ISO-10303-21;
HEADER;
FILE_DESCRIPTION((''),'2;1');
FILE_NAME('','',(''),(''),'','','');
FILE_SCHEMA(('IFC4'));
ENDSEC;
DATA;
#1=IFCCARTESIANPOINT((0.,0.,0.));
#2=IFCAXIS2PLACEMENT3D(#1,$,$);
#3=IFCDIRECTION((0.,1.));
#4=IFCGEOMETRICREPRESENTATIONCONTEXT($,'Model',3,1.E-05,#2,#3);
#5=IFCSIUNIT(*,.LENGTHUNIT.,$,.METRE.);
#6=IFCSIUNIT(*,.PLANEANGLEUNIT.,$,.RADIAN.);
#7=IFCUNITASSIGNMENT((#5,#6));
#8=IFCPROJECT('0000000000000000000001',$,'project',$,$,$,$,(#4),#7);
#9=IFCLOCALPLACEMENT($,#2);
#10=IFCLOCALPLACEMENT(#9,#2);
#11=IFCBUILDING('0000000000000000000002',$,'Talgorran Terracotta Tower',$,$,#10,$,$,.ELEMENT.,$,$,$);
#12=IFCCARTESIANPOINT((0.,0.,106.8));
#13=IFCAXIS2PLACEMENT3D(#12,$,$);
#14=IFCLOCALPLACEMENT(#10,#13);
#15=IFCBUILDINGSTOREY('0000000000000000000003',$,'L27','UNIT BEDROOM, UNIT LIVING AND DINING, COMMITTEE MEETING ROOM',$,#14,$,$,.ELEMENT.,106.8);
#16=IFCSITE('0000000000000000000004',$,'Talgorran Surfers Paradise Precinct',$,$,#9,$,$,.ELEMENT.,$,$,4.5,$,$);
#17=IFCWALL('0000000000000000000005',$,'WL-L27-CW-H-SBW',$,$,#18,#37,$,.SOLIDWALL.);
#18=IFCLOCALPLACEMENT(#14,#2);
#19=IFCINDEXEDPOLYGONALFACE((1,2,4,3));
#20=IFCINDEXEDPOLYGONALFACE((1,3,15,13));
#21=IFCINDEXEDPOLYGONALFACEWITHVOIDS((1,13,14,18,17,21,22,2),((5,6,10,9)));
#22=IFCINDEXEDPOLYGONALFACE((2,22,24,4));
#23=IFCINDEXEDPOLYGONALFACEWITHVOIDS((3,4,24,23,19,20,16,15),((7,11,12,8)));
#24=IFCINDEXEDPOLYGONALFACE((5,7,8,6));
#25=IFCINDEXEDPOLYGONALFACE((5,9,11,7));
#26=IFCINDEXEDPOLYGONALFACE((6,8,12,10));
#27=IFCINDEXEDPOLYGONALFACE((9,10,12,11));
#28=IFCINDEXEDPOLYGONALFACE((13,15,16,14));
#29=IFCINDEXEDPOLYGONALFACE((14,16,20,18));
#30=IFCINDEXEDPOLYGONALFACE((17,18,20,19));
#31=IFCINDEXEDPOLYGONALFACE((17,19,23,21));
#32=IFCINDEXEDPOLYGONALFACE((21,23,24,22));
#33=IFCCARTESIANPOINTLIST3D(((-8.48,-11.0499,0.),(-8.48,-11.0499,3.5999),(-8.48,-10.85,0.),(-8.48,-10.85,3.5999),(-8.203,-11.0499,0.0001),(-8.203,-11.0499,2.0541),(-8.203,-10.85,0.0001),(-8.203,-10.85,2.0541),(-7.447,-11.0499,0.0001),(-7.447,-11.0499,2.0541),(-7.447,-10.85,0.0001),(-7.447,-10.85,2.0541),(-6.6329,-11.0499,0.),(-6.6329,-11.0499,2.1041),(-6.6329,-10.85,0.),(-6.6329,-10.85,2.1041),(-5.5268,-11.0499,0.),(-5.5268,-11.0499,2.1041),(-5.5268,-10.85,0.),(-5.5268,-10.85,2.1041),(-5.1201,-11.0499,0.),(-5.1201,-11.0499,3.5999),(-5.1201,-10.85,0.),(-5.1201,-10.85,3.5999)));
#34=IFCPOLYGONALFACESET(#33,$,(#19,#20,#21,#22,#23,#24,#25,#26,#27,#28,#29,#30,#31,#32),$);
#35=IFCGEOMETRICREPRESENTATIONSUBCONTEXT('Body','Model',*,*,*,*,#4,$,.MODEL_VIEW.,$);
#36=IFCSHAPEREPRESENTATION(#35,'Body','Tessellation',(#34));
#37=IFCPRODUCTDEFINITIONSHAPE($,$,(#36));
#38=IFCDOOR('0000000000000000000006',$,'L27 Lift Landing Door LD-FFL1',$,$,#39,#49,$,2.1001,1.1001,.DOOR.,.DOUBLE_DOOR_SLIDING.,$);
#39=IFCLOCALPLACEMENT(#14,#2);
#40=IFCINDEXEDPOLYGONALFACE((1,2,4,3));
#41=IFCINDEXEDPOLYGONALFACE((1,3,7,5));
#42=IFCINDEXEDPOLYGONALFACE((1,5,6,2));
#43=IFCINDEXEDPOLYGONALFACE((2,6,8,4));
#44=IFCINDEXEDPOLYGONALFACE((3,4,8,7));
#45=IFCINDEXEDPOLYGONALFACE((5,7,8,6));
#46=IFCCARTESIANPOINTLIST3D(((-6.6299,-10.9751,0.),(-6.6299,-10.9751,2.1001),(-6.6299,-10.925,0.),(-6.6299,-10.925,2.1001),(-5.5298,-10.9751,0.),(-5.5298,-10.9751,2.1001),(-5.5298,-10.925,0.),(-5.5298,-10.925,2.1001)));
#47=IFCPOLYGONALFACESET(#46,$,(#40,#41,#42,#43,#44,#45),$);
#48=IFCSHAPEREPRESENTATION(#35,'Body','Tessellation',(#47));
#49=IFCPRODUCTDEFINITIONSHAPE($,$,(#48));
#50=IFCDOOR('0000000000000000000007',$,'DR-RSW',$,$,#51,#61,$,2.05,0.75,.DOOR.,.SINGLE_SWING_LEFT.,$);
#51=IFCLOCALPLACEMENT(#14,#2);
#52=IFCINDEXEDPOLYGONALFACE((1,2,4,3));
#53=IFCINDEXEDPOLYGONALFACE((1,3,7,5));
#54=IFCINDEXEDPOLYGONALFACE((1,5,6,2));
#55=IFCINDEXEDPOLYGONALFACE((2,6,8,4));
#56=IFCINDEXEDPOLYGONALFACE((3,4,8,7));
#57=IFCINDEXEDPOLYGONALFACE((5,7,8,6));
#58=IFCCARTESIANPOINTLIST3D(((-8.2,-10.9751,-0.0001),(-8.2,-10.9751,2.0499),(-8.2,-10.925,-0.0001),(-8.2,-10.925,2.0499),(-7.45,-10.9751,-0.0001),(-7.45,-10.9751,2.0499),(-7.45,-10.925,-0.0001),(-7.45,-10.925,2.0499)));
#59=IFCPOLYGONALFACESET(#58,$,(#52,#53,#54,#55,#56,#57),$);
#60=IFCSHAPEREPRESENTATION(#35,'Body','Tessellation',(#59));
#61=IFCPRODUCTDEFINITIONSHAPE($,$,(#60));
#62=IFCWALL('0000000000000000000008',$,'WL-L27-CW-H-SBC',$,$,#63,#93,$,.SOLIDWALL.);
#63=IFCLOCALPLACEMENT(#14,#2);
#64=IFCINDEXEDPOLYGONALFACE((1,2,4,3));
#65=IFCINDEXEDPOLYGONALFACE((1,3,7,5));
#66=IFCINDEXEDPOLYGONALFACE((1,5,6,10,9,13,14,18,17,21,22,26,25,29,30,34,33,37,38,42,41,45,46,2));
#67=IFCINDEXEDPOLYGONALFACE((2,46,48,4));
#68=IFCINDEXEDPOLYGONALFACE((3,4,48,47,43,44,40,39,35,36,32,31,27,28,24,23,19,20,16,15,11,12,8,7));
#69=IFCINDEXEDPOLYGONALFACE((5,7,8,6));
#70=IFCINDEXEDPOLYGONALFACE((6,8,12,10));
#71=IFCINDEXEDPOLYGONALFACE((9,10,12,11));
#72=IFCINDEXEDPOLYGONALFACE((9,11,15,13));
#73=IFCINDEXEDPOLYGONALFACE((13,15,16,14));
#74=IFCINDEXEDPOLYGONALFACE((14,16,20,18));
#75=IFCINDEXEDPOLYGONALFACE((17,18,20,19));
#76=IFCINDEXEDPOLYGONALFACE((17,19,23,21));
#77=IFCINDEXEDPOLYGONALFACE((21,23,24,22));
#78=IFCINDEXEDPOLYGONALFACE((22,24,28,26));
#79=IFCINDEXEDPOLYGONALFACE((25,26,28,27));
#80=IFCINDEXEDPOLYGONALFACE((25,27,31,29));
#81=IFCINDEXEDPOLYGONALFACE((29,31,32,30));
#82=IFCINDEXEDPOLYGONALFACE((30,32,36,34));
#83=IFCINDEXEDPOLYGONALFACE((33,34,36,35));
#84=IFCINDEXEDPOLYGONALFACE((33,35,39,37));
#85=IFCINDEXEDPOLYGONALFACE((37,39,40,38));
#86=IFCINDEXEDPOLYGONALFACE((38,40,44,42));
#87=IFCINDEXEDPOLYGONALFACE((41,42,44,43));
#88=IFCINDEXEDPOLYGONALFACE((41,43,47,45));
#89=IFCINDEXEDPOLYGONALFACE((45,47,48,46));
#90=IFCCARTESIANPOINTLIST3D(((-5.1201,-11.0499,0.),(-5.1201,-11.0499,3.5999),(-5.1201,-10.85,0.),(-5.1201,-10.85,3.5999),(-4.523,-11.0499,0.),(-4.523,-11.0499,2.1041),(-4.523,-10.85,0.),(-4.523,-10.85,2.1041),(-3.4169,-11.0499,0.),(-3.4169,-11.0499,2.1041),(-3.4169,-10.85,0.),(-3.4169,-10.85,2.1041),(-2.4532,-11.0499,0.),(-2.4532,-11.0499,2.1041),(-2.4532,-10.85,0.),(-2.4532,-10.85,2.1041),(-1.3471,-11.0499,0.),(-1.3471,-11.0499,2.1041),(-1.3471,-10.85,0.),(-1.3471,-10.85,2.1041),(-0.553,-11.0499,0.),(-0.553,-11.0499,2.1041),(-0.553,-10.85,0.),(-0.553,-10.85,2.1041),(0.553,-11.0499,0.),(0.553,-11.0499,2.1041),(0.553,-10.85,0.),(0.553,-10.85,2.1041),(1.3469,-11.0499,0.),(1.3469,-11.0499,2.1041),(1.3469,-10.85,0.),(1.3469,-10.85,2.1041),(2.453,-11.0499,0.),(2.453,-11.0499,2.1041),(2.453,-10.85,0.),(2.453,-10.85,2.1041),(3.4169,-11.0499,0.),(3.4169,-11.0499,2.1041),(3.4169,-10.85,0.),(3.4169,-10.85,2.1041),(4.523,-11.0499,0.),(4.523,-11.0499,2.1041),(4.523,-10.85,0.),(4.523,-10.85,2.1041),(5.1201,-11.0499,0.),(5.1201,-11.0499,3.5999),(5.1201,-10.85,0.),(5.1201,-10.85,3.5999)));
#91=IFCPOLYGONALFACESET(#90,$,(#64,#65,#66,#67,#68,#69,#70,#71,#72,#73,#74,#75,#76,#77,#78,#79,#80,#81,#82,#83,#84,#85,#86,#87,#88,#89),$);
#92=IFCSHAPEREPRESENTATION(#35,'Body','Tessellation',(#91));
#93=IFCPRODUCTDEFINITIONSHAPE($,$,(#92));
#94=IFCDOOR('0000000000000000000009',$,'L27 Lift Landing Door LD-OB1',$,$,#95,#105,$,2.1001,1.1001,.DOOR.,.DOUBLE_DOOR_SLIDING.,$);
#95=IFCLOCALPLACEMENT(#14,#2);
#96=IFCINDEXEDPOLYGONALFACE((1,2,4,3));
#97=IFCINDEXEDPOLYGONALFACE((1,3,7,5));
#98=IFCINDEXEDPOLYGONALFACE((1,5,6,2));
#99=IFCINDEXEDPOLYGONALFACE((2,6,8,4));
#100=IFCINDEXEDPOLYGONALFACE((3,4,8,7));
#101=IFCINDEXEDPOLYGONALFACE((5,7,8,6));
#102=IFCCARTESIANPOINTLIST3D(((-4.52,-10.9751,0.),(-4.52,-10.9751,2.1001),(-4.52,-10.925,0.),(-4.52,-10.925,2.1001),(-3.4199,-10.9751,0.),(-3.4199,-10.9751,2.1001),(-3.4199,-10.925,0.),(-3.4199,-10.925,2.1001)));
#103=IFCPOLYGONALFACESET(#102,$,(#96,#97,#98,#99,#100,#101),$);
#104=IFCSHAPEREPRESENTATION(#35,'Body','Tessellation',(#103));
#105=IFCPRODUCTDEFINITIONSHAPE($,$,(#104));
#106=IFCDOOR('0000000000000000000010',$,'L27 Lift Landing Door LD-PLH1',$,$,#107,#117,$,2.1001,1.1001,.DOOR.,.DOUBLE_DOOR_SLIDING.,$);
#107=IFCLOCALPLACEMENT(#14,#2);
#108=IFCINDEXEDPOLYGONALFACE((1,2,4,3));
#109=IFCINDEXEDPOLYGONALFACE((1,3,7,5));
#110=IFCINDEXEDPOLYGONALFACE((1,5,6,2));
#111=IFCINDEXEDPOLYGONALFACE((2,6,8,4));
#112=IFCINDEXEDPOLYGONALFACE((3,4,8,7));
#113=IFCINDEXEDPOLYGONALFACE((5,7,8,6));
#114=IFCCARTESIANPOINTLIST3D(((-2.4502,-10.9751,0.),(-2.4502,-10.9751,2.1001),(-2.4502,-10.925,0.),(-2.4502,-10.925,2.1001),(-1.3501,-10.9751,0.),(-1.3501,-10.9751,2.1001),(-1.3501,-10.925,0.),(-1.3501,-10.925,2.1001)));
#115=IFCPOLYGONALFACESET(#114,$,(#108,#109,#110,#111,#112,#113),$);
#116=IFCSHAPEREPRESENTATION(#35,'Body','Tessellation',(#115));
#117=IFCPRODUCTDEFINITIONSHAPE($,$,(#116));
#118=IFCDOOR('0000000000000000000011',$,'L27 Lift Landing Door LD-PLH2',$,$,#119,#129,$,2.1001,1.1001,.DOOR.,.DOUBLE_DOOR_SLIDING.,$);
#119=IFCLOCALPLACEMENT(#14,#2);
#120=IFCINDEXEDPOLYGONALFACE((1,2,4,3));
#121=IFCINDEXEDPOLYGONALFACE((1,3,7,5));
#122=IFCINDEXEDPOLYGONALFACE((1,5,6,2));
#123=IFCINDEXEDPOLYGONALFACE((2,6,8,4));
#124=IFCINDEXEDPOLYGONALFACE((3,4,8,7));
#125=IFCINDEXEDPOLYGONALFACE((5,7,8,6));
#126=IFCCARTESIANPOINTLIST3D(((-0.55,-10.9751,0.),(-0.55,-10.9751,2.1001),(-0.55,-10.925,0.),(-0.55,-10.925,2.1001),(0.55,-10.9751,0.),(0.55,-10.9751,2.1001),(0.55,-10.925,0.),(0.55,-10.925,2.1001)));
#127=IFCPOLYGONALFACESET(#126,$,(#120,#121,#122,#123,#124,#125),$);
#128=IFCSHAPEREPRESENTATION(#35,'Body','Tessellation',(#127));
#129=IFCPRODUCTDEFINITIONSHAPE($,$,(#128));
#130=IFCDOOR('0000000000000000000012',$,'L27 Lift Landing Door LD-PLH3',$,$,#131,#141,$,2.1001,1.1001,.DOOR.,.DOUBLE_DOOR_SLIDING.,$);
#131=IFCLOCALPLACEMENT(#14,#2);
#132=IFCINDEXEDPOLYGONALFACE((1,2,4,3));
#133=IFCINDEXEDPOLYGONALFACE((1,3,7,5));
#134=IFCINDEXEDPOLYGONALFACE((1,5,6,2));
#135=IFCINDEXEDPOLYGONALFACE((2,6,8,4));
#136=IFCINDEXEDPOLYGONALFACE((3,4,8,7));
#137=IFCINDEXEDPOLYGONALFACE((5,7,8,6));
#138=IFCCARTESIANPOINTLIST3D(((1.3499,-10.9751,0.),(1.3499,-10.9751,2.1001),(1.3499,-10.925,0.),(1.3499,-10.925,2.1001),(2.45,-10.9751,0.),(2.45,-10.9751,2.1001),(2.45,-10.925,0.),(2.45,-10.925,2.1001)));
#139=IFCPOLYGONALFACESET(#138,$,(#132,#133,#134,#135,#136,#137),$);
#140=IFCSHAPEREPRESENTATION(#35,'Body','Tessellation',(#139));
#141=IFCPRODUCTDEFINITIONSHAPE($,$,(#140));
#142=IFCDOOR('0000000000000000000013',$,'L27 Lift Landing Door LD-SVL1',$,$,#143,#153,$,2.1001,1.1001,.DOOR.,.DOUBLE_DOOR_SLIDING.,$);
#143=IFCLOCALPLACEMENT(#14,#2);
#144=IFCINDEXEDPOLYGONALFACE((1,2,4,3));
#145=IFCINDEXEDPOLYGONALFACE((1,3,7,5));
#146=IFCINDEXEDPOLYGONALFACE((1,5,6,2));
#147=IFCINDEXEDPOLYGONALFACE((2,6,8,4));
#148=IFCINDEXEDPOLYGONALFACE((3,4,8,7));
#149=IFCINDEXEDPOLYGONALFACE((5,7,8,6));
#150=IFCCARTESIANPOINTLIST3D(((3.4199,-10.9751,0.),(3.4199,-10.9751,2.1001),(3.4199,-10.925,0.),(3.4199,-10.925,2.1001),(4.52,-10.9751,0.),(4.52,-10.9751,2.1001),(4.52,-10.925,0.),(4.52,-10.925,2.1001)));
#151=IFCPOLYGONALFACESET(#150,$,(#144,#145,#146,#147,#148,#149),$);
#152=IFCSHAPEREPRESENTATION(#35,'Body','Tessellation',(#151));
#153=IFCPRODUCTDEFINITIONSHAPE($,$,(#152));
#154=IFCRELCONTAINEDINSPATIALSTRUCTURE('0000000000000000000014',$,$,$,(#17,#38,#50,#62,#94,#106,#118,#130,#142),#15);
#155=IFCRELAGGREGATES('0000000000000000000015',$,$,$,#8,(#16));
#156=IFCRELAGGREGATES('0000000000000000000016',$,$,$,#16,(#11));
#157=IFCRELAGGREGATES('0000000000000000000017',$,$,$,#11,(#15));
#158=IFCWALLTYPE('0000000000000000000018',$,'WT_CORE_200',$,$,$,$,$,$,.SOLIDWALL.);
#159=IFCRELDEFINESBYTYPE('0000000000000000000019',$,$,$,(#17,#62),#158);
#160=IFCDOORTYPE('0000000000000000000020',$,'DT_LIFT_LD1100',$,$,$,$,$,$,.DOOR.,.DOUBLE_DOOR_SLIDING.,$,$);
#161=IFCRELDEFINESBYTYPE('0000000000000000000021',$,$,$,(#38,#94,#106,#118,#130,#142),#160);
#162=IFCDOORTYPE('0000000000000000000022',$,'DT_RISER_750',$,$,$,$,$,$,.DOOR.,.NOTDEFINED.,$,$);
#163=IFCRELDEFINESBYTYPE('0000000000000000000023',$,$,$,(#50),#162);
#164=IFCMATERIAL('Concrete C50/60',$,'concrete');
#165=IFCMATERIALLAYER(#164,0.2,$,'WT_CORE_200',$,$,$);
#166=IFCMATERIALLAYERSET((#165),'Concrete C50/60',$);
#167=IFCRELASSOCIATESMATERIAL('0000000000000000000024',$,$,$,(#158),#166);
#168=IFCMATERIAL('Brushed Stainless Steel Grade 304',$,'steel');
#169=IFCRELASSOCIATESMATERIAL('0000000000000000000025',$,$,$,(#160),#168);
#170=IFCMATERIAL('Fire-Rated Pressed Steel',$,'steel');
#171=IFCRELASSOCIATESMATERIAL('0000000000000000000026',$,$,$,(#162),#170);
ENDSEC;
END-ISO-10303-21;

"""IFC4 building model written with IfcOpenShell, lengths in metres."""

from ifc_helpers import new_model, si_unit, direction, frame, frame_2d, origin, place, context, subcontext, project, spatial, rectangle, extrude, material, layer, layer_set, type_object, element, fill, save


model = new_model("IFC4")

# Units and contexts
model_context = context("Model", 3, precision=1e-05, world=origin(), true_north=direction((0.0, 1.0)))
body_context = subcontext(model_context, "Body", "Model", "MODEL_VIEW")
ifc_project = project(units=[si_unit("LENGTHUNIT", "METRE"), si_unit("PLANEANGLEUNIT", "RADIAN")], contexts=[model_context])

# Site, building, storey
site_placement = place(None, origin())
site = spatial("IfcSite", under=ifc_project, at=site_placement, Name="Talgorran Surfers Paradise Precinct", CompositionType="ELEMENT", RefElevation=4.5)
building_placement = place(site_placement, origin())
building = spatial("IfcBuilding", under=site, at=building_placement, Name="Talgorran Terracotta Tower", CompositionType="ELEMENT")
storey_placement = place(building_placement, frame((0.0, 0.0, 106.8)))
storey = spatial("IfcBuildingStorey", under=building, at=storey_placement, Name="L27", Description="UNIT BEDROOM, UNIT LIVING AND DINING, COMMITTEE MEETING ROOM", CompositionType="ELEMENT", Elevation=106.8)

# Walls, openings, doors
ifc_material_1 = material(Name="Concrete C50/60", Category="concrete")
ifc_layer_1 = layer(ifc_material_1, 0.2, Name="WT_CORE_200")
ifc_layer_set_1 = layer_set([ifc_layer_1], Name="Concrete C50/60")
wall_type_1 = type_object("IfcWallType", Name="WT_CORE_200", PredefinedType="SOLIDWALL", material=ifc_layer_set_1)
wall_1_placement = place(storey_placement, frame((-8.48, -10.95, 0.0), z_axis=(0.0, 0.0, 1.0), x_axis=(1.0, 0.0, 0.0)))
wall_1 = element("IfcWall", 1, at=wall_1_placement, inside=storey, type_object=wall_type_1, Name="WL-L27-CW-H-SBW", PredefinedType="SOLIDWALL", context=body_context, shape_type="SweptSolid", body=[
    extrude(rectangle(XDim=3.3599, YDim=0.2, at=frame_2d((1.6799, 0.0))), origin(), (0.0, 0.0, 1.0), 3.5999),
])
opening_1_placement = place(wall_1_placement, frame((0.28, 0.0, 0.0)))
opening_1 = element("IfcOpeningElement", 2, at=opening_1_placement, cuts=wall_1, PredefinedType="OPENING", context=body_context, shape_type="SweptSolid", body=[
    extrude(rectangle(XDim=0.756, YDim=2.054, at=frame_2d((0.375, 1.0271))), frame((0.0, 0.1099, 0.0), z_axis=(0.0, -1.0, 0.0), x_axis=(1.0, 0.0, 0.0)), (0.0, 0.0, 1.0), 0.22),
])
opening_2_placement = place(wall_1_placement, frame((1.8501, 0.0, 0.0)))
opening_2 = element("IfcOpeningElement", 3, at=opening_2_placement, cuts=wall_1, PredefinedType="OPENING", context=body_context, shape_type="SweptSolid", body=[
    extrude(rectangle(XDim=1.1061, YDim=2.1041, at=frame_2d((0.55, 1.052))), frame((0.0, 0.1099, 0.0), z_axis=(0.0, -1.0, 0.0), x_axis=(1.0, 0.0, 0.0)), (0.0, 0.0, 1.0), 0.22),
])
ifc_material_2 = material(Name="Brushed Stainless Steel Grade 304", Category="steel")
door_type_1 = type_object("IfcDoorType", Name="DT_LIFT_LD1100", OperationType="DOUBLE_DOOR_SLIDING", PredefinedType="DOOR", material=ifc_material_2)
door_1_placement = place(opening_2_placement, origin())
door_1 = element("IfcDoor", 4, at=door_1_placement, inside=storey, type_object=door_type_1, Name="L27 Lift Landing Door LD-FFL1", OperationType="DOUBLE_DOOR_SLIDING", OverallHeight=2.1001, OverallWidth=1.1001, PredefinedType="DOOR", context=body_context, shape_type="SweptSolid", body=[
    extrude(rectangle(XDim=1.1001, YDim=2.1001, at=frame_2d((0.55, 1.05))), frame((0.0, 0.0249, 0.0), z_axis=(0.0, -1.0, 0.0), x_axis=(1.0, 0.0, 0.0)), (0.0, 0.0, 1.0), 0.05),
])
fill(opening_2, door_1)
ifc_material_3 = material(Name="Fire-Rated Pressed Steel", Category="steel")
door_type_2 = type_object("IfcDoorType", Name="DT_RISER_750", OperationType="NOTDEFINED", PredefinedType="DOOR", material=ifc_material_3)
door_2_placement = place(opening_1_placement, origin())
door_2 = element("IfcDoor", 5, at=door_2_placement, inside=storey, type_object=door_type_2, Name="DR-RSW", OperationType="SINGLE_SWING_LEFT", OverallHeight=2.05, OverallWidth=0.75, PredefinedType="DOOR", context=body_context, shape_type="SweptSolid", body=[
    extrude(rectangle(XDim=0.75, YDim=2.05, at=frame_2d((0.375, 1.0249))), frame((0.0, 0.0249, 0.0), z_axis=(0.0, -1.0, 0.0), x_axis=(1.0, 0.0, 0.0)), (0.0, 0.0, 1.0), 0.05),
])
fill(opening_1, door_2)
wall_2_placement = place(storey_placement, frame((-5.1201, -10.95, 0.0), z_axis=(0.0, 0.0, 1.0), x_axis=(1.0, 0.0, 0.0)))
wall_2 = element("IfcWall", 6, at=wall_2_placement, inside=storey, type_object=wall_type_1, Name="WL-L27-CW-H-SBC", PredefinedType="SOLIDWALL", context=body_context, shape_type="SweptSolid", body=[
    extrude(rectangle(XDim=10.2402, YDim=0.2, at=frame_2d((5.1201, 0.0))), origin(), (0.0, 0.0, 1.0), 3.5999),
])
opening_3_placement = place(wall_2_placement, frame((0.6001, 0.0, 0.0)))
opening_3 = element("IfcOpeningElement", 7, at=opening_3_placement, cuts=wall_2, PredefinedType="OPENING", context=body_context, shape_type="SweptSolid", body=[
    extrude(rectangle(XDim=1.1061, YDim=2.1041, at=frame_2d((0.55, 1.052))), frame((0.0, 0.1099, 0.0), z_axis=(0.0, -1.0, 0.0), x_axis=(1.0, 0.0, 0.0)), (0.0, 0.0, 1.0), 0.22),
])
opening_4_placement = place(wall_2_placement, frame((2.6699, 0.0, 0.0)))
opening_4 = element("IfcOpeningElement", 8, at=opening_4_placement, cuts=wall_2, PredefinedType="OPENING", context=body_context, shape_type="SweptSolid", body=[
    extrude(rectangle(XDim=1.1061, YDim=2.1041, at=frame_2d((0.55, 1.052))), frame((0.0, 0.1099, 0.0), z_axis=(0.0, -1.0, 0.0), x_axis=(1.0, 0.0, 0.0)), (0.0, 0.0, 1.0), 0.22),
])
opening_5_placement = place(wall_2_placement, frame((4.5701, 0.0, 0.0)))
opening_5 = element("IfcOpeningElement", 9, at=opening_5_placement, cuts=wall_2, PredefinedType="OPENING", context=body_context, shape_type="SweptSolid", body=[
    extrude(rectangle(XDim=1.1061, YDim=2.1041, at=frame_2d((0.55, 1.052))), frame((0.0, 0.1099, 0.0), z_axis=(0.0, -1.0, 0.0), x_axis=(1.0, 0.0, 0.0)), (0.0, 0.0, 1.0), 0.22),
])
opening_6_placement = place(wall_2_placement, frame((6.47, 0.0, 0.0)))
opening_6 = element("IfcOpeningElement", 10, at=opening_6_placement, cuts=wall_2, PredefinedType="OPENING", context=body_context, shape_type="SweptSolid", body=[
    extrude(rectangle(XDim=1.1061, YDim=2.1041, at=frame_2d((0.55, 1.052))), frame((0.0, 0.1099, 0.0), z_axis=(0.0, -1.0, 0.0), x_axis=(1.0, 0.0, 0.0)), (0.0, 0.0, 1.0), 0.22),
])
opening_7_placement = place(wall_2_placement, frame((8.54, 0.0, 0.0)))
opening_7 = element("IfcOpeningElement", 11, at=opening_7_placement, cuts=wall_2, PredefinedType="OPENING", context=body_context, shape_type="SweptSolid", body=[
    extrude(rectangle(XDim=1.1061, YDim=2.1041, at=frame_2d((0.55, 1.052))), frame((0.0, 0.1099, 0.0), z_axis=(0.0, -1.0, 0.0), x_axis=(1.0, 0.0, 0.0)), (0.0, 0.0, 1.0), 0.22),
])
door_3_placement = place(opening_3_placement, origin())
door_3 = element("IfcDoor", 12, at=door_3_placement, inside=storey, type_object=door_type_1, Name="L27 Lift Landing Door LD-OB1", OperationType="DOUBLE_DOOR_SLIDING", OverallHeight=2.1001, OverallWidth=1.1001, PredefinedType="DOOR", context=body_context, shape_type="SweptSolid", body=[
    extrude(rectangle(XDim=1.1001, YDim=2.1001, at=frame_2d((0.55, 1.05))), frame((0.0, 0.0249, 0.0), z_axis=(0.0, -1.0, 0.0), x_axis=(1.0, 0.0, 0.0)), (0.0, 0.0, 1.0), 0.05),
])
fill(opening_3, door_3)
door_4_placement = place(opening_4_placement, origin())
door_4 = element("IfcDoor", 13, at=door_4_placement, inside=storey, type_object=door_type_1, Name="L27 Lift Landing Door LD-PLH1", OperationType="DOUBLE_DOOR_SLIDING", OverallHeight=2.1001, OverallWidth=1.1001, PredefinedType="DOOR", context=body_context, shape_type="SweptSolid", body=[
    extrude(rectangle(XDim=1.1001, YDim=2.1001, at=frame_2d((0.55, 1.05))), frame((0.0, 0.0249, 0.0), z_axis=(0.0, -1.0, 0.0), x_axis=(1.0, 0.0, 0.0)), (0.0, 0.0, 1.0), 0.05),
])
fill(opening_4, door_4)
door_5_placement = place(opening_5_placement, origin())
door_5 = element("IfcDoor", 14, at=door_5_placement, inside=storey, type_object=door_type_1, Name="L27 Lift Landing Door LD-PLH2", OperationType="DOUBLE_DOOR_SLIDING", OverallHeight=2.1001, OverallWidth=1.1001, PredefinedType="DOOR", context=body_context, shape_type="SweptSolid", body=[
    extrude(rectangle(XDim=1.1001, YDim=2.1001, at=frame_2d((0.55, 1.05))), frame((0.0, 0.0249, 0.0), z_axis=(0.0, -1.0, 0.0), x_axis=(1.0, 0.0, 0.0)), (0.0, 0.0, 1.0), 0.05),
])
fill(opening_5, door_5)
door_6_placement = place(opening_6_placement, origin())
door_6 = element("IfcDoor", 15, at=door_6_placement, inside=storey, type_object=door_type_1, Name="L27 Lift Landing Door LD-PLH3", OperationType="DOUBLE_DOOR_SLIDING", OverallHeight=2.1001, OverallWidth=1.1001, PredefinedType="DOOR", context=body_context, shape_type="SweptSolid", body=[
    extrude(rectangle(XDim=1.1001, YDim=2.1001, at=frame_2d((0.55, 1.05))), frame((0.0, 0.0249, 0.0), z_axis=(0.0, -1.0, 0.0), x_axis=(1.0, 0.0, 0.0)), (0.0, 0.0, 1.0), 0.05),
])
fill(opening_6, door_6)
door_7_placement = place(opening_7_placement, origin())
door_7 = element("IfcDoor", 16, at=door_7_placement, inside=storey, type_object=door_type_1, Name="L27 Lift Landing Door LD-SVL1", OperationType="DOUBLE_DOOR_SLIDING", OverallHeight=2.1001, OverallWidth=1.1001, PredefinedType="DOOR", context=body_context, shape_type="SweptSolid", body=[
    extrude(rectangle(XDim=1.1001, YDim=2.1001, at=frame_2d((0.55, 1.05))), frame((0.0, 0.0249, 0.0), z_axis=(0.0, -1.0, 0.0), x_axis=(1.0, 0.0, 0.0)), (0.0, 0.0, 1.0), 0.05),
])
fill(opening_7, door_7)

save(model, "model.ifc")
